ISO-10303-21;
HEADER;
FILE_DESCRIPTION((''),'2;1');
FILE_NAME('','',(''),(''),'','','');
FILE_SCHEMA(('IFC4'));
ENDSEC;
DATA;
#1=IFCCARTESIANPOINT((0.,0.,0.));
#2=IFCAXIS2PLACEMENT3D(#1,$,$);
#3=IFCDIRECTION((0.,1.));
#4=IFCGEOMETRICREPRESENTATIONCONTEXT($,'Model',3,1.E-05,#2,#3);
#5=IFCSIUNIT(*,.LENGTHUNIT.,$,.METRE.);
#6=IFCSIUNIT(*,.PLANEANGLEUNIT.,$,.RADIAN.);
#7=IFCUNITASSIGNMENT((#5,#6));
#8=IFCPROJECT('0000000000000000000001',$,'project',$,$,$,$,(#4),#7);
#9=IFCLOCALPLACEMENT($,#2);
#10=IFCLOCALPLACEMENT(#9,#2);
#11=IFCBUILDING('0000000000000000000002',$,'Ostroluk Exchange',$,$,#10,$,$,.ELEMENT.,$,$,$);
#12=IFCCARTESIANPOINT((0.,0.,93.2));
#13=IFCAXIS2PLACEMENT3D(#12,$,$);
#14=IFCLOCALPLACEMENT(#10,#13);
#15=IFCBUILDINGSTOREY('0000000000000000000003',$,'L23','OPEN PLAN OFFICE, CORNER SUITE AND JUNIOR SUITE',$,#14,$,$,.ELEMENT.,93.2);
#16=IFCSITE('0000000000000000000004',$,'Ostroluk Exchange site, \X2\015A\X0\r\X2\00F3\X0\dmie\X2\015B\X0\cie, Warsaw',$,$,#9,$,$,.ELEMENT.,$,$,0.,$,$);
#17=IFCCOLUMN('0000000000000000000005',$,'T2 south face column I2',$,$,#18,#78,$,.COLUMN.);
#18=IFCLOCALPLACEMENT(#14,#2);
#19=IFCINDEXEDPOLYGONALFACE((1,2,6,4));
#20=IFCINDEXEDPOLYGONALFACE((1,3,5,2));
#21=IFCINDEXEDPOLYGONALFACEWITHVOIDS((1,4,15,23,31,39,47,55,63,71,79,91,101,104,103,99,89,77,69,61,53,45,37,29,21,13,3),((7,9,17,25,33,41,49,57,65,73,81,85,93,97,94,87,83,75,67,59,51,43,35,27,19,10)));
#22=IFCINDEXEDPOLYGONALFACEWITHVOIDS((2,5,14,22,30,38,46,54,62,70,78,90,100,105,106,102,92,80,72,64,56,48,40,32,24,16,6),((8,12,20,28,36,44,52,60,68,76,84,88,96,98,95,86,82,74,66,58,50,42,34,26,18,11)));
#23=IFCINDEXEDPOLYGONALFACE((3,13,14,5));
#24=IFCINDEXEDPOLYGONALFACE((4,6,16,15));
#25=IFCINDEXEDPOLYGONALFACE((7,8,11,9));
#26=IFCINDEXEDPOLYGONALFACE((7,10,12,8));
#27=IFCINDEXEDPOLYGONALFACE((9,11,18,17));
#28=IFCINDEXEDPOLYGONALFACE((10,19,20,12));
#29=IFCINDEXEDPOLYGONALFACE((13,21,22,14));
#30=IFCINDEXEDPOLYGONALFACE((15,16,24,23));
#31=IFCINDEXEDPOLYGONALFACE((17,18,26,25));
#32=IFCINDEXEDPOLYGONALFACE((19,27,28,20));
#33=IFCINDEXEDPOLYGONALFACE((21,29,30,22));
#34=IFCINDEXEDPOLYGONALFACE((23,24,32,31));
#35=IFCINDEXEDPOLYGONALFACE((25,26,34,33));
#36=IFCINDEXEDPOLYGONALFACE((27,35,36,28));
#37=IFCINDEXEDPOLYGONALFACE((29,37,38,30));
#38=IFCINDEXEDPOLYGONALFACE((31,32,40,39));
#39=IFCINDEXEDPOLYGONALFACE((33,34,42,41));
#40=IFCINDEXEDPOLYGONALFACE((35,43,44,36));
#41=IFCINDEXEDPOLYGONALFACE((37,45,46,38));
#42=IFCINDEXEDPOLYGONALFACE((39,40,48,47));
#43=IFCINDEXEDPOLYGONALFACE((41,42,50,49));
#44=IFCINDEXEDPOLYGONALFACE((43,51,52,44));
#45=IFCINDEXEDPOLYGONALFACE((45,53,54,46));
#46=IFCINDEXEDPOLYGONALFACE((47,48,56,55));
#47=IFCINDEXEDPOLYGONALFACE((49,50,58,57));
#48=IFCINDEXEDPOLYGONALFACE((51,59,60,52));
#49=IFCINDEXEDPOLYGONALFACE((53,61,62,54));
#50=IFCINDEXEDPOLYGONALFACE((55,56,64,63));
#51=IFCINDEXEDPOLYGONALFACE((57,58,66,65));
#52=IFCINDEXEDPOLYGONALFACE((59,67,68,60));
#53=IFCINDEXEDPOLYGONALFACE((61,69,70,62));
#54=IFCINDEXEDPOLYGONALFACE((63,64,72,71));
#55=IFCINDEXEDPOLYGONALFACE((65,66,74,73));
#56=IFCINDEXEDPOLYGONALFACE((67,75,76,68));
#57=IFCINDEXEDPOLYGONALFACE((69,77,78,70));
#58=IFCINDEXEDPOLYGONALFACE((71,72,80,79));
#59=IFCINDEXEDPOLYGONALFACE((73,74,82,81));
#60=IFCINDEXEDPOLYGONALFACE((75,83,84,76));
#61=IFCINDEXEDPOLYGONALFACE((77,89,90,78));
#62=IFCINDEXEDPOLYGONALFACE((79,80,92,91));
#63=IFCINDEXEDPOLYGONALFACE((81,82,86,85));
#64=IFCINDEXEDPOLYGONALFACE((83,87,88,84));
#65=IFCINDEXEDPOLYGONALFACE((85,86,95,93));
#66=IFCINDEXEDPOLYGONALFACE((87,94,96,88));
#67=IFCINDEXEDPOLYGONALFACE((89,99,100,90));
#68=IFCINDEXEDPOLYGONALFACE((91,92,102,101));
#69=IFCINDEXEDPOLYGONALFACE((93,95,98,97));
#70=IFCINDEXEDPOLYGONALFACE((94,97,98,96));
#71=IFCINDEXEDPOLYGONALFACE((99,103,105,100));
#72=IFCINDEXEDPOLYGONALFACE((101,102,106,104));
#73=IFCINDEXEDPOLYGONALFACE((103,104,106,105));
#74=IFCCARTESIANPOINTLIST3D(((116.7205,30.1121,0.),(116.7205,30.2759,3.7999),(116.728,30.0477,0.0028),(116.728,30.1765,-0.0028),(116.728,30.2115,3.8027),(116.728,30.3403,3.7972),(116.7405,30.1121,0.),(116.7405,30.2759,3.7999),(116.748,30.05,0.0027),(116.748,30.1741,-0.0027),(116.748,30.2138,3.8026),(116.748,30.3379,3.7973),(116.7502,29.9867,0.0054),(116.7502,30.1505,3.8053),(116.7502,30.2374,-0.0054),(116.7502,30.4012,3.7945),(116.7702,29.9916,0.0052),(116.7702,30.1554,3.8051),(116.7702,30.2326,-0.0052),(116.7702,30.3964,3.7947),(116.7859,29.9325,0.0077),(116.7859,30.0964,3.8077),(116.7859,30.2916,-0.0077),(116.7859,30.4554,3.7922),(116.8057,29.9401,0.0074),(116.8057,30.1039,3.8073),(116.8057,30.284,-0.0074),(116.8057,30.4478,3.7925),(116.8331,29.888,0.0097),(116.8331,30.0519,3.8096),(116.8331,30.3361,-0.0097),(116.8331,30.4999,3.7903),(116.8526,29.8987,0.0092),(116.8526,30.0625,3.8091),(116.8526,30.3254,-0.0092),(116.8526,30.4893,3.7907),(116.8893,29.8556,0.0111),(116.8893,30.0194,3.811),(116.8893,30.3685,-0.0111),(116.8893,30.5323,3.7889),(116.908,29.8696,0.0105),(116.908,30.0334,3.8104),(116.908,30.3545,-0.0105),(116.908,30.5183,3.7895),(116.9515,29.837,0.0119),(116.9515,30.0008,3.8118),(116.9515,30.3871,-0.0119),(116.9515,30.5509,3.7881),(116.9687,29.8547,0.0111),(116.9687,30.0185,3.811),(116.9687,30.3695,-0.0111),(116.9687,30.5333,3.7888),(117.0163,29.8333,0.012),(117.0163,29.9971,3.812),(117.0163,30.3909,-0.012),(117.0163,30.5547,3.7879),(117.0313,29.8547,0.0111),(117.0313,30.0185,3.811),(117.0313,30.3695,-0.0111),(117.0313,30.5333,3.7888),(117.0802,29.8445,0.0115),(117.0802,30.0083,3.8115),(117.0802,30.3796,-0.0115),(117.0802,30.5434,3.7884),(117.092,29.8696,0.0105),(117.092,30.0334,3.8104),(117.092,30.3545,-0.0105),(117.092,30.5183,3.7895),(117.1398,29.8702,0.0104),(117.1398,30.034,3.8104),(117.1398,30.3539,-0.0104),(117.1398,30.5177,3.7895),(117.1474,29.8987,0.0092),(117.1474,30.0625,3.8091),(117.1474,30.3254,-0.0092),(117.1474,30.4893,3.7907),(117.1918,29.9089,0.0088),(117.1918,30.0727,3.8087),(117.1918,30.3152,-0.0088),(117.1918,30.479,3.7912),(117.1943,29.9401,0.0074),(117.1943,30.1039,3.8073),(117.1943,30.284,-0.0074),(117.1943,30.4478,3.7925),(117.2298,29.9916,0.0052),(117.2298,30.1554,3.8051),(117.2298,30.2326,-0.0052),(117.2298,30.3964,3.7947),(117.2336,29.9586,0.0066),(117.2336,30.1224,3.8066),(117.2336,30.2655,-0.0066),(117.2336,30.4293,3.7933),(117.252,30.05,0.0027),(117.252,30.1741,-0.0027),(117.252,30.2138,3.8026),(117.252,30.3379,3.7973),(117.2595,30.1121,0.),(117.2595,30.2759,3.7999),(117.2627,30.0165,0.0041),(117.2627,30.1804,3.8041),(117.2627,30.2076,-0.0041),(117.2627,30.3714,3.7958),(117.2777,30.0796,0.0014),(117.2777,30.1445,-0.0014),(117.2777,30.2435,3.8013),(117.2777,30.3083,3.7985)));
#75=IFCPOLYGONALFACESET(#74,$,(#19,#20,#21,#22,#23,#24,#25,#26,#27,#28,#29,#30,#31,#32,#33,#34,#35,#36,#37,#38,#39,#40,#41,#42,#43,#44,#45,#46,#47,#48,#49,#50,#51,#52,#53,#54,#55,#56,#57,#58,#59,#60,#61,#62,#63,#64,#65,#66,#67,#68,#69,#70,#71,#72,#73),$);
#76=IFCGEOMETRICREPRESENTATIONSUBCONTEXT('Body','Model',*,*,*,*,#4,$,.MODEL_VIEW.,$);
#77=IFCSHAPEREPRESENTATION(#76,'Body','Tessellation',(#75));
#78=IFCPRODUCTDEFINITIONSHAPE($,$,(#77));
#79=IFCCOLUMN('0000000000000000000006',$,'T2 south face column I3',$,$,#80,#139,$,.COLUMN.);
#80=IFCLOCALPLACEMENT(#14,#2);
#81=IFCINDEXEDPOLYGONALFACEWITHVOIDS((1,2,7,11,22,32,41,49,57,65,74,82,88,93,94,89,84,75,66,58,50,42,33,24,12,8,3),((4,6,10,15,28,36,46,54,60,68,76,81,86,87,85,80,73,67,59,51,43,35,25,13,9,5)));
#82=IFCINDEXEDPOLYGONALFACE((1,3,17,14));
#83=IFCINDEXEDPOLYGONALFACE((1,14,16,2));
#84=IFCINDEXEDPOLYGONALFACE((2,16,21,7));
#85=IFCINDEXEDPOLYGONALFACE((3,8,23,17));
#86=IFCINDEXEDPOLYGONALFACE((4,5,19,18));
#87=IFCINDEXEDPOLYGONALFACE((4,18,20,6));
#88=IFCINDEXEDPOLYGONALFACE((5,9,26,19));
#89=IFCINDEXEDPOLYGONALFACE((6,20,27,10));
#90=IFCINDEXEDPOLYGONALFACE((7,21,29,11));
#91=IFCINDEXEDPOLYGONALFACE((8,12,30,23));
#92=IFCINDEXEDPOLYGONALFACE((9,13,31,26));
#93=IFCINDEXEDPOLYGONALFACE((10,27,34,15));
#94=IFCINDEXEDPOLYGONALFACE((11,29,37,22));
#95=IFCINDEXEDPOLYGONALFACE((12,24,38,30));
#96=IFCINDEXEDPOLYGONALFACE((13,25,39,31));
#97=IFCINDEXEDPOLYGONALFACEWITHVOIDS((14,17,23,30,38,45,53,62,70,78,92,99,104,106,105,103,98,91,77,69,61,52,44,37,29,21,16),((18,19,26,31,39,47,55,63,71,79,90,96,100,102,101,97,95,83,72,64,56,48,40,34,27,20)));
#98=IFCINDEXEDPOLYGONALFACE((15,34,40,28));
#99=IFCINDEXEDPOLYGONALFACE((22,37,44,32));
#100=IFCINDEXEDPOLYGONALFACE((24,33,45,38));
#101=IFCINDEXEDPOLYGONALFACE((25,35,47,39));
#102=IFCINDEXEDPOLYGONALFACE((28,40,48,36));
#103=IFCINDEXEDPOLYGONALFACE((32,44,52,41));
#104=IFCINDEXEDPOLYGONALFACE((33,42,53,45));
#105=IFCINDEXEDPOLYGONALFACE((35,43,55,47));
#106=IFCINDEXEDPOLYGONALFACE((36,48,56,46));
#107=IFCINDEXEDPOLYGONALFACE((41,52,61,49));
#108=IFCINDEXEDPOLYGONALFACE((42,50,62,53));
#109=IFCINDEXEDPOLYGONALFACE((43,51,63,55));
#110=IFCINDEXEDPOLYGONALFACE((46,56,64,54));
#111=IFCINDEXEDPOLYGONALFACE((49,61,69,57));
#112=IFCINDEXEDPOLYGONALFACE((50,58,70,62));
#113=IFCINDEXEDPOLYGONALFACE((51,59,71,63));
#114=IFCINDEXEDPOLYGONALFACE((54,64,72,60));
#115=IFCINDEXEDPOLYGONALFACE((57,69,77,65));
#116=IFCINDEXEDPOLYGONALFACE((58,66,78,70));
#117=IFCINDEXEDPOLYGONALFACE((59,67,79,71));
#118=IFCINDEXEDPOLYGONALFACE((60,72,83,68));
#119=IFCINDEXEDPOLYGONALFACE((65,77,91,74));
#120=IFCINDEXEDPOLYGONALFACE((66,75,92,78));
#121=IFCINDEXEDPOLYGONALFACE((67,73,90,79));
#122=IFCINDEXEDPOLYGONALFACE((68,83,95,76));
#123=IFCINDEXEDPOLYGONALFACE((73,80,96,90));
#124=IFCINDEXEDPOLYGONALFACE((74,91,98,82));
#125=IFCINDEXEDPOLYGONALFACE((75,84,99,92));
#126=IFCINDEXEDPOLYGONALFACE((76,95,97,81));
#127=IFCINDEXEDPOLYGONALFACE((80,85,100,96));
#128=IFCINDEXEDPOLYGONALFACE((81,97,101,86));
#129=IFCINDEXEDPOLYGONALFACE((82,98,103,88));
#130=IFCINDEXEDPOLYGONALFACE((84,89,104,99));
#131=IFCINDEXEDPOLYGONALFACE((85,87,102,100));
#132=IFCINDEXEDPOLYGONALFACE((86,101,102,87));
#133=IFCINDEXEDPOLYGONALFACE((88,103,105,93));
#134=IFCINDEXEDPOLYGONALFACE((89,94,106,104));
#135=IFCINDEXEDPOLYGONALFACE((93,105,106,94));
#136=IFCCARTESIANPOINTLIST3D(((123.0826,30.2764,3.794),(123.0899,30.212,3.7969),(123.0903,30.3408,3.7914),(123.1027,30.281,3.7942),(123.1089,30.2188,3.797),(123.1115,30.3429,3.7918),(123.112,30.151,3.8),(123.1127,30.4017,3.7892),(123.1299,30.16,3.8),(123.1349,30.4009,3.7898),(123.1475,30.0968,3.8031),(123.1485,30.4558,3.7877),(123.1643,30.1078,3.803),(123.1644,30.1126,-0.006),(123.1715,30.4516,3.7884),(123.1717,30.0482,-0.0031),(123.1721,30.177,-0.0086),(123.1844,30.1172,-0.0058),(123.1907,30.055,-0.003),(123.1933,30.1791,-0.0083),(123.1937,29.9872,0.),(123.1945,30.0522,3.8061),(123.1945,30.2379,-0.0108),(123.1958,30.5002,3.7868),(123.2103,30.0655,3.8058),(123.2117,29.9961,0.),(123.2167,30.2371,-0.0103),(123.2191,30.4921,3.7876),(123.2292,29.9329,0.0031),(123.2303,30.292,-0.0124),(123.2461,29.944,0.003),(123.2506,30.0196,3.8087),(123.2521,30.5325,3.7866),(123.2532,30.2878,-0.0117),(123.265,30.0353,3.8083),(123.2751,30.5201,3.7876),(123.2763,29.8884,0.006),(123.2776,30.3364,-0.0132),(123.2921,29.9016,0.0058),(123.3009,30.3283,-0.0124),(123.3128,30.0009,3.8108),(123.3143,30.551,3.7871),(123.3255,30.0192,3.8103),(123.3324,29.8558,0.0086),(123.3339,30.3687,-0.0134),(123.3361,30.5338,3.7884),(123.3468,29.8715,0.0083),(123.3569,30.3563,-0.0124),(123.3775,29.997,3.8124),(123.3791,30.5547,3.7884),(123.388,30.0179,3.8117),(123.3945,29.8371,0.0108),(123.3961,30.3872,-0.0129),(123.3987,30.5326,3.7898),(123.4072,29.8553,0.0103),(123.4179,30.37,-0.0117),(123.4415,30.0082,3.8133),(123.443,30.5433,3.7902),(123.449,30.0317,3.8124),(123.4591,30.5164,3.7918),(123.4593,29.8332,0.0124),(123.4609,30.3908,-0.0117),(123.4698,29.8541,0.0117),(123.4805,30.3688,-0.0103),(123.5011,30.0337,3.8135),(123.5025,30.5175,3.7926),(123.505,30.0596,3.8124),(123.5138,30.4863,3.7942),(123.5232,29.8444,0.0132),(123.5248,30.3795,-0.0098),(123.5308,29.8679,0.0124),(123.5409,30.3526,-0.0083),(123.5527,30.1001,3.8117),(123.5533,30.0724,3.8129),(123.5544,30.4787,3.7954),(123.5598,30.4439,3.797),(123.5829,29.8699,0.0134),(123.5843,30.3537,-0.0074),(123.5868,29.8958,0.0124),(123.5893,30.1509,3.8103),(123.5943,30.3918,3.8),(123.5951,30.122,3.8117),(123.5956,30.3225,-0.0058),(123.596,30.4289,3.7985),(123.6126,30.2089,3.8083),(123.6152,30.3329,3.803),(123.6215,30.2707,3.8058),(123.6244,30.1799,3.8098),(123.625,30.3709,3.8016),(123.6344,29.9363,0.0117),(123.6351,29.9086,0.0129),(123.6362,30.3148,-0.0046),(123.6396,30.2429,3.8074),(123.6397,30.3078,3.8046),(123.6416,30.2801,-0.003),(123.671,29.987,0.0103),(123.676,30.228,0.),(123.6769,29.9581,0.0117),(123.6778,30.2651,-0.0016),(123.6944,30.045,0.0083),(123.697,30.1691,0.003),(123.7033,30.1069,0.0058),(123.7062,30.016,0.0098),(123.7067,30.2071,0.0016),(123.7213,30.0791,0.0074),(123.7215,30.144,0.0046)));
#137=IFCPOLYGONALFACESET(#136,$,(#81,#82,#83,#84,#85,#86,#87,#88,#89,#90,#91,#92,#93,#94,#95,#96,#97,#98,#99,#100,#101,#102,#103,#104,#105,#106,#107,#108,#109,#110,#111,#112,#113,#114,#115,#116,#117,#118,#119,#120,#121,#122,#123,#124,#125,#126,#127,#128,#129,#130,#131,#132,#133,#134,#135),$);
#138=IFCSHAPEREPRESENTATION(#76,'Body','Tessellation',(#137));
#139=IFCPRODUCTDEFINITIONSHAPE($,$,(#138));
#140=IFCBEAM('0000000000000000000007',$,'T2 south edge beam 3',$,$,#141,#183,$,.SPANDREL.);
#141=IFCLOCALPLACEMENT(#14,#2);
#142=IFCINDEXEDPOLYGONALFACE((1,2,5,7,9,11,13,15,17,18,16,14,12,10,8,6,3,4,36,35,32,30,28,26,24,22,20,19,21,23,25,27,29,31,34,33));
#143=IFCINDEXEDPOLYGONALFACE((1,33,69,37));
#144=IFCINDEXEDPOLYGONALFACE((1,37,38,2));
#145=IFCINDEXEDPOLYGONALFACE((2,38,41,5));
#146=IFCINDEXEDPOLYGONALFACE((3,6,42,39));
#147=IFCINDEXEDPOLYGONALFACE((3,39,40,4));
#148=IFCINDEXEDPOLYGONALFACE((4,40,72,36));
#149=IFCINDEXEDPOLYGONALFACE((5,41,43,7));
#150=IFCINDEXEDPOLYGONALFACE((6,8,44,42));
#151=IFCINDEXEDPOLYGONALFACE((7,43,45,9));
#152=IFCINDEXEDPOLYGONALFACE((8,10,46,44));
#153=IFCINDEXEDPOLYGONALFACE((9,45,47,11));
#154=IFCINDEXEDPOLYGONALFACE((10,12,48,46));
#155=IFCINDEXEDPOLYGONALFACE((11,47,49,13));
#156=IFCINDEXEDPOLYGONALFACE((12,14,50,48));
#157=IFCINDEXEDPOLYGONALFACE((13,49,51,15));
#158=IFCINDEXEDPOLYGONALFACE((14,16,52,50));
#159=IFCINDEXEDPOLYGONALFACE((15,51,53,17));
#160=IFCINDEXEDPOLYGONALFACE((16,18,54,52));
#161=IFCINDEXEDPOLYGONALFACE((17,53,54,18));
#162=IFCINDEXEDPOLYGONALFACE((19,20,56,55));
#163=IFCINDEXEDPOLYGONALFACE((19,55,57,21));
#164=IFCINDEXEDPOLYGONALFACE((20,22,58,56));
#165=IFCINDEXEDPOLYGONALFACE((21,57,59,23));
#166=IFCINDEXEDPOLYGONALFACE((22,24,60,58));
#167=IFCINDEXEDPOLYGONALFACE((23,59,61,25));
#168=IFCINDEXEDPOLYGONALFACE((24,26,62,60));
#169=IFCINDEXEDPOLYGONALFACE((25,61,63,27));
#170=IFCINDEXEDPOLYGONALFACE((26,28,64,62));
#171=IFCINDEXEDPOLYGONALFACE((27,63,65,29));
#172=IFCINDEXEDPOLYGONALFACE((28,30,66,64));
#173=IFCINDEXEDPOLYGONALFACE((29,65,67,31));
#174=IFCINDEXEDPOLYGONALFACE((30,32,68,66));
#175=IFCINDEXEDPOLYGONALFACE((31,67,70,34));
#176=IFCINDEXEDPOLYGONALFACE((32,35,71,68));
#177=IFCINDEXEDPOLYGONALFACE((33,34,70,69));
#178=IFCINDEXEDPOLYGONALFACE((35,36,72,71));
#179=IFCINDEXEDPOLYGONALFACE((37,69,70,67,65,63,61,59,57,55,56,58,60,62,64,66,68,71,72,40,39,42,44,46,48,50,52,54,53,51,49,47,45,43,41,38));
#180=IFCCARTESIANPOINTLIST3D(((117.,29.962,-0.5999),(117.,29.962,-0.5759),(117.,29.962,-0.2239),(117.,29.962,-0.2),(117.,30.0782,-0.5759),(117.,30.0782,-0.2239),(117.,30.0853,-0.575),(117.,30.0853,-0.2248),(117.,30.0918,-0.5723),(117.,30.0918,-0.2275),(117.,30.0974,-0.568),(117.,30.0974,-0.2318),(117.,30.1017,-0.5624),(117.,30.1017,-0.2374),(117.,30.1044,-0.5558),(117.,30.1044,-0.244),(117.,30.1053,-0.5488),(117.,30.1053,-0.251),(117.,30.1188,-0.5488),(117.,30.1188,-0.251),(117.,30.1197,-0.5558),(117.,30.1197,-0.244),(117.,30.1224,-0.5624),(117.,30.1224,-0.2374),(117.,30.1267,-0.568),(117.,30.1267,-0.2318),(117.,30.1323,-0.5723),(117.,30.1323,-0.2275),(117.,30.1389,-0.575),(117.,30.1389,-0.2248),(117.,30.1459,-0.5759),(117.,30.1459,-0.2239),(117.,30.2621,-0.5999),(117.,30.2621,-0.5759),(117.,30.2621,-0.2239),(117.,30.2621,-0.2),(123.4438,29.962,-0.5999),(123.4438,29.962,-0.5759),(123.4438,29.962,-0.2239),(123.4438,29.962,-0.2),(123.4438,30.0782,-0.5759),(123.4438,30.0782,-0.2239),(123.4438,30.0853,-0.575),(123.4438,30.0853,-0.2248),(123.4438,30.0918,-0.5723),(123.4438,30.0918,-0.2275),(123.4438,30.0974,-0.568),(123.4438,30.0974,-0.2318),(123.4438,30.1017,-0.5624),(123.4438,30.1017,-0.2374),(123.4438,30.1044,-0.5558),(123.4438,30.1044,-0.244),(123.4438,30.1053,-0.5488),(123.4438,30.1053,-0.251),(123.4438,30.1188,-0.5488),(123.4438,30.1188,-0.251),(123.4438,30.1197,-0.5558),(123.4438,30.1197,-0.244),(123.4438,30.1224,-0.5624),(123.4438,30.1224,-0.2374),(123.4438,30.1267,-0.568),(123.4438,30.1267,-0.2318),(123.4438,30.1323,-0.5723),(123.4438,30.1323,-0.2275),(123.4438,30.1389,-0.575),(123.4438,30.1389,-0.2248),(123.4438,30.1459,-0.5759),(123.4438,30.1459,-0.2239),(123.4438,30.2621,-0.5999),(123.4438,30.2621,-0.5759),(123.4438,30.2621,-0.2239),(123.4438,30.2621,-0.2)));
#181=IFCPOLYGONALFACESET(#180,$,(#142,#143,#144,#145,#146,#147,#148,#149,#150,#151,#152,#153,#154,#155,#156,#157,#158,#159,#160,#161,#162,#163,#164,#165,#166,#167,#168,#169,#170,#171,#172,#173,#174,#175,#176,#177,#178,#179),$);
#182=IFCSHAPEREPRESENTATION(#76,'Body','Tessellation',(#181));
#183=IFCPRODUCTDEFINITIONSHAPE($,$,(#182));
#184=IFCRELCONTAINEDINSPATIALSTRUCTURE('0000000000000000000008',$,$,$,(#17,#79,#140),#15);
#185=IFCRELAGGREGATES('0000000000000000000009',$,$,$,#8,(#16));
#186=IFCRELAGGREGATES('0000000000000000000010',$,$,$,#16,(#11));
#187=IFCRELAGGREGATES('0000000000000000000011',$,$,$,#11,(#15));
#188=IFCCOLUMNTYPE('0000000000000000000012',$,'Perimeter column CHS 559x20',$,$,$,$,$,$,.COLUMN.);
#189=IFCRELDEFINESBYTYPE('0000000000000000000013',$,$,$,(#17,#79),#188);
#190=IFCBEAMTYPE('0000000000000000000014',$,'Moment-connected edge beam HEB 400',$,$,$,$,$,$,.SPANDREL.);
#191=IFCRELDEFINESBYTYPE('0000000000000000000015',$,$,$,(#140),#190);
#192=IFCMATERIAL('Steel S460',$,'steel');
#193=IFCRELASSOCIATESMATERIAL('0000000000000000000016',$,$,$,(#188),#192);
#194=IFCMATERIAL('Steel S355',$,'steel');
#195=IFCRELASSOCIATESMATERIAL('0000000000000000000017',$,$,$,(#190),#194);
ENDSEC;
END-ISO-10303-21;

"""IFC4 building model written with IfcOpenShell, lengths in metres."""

from ifc_helpers import new_model, si_unit, direction, frame, origin, origin_2d, place, context, subcontext, project, spatial, hollow_circle, i_section, extrude, material, material_profile, profile_set, type_object, element, save


model = new_model("IFC4")

# Units and contexts
model_context = context("Model", 3, precision=1e-05, world=origin(), true_north=direction((0.0, 1.0)))
body_context = subcontext(model_context, "Body", "Model", "MODEL_VIEW")
ifc_project = project(units=[si_unit("LENGTHUNIT", "METRE"), si_unit("PLANEANGLEUNIT", "RADIAN")], contexts=[model_context])

# Site, building, storey
site_placement = place(None, origin())
site = spatial("IfcSite", under=ifc_project, at=site_placement, Name="Ostroluk Exchange site, Śródmieście, Warsaw", CompositionType="ELEMENT", RefElevation=0.0)
building_placement = place(site_placement, origin())
building = spatial("IfcBuilding", under=site, at=building_placement, Name="Ostroluk Exchange", CompositionType="ELEMENT")
storey_placement = place(building_placement, frame((0.0, 0.0, 93.2)))
storey = spatial("IfcBuildingStorey", under=building, at=storey_placement, Name="L23", Description="OPEN PLAN OFFICE, CORNER SUITE AND JUNIOR SUITE", CompositionType="ELEMENT", Elevation=93.2)

# Columns
ifc_material_1 = material(Name="Steel S460", Category="steel")
ifc_material_profile_1 = material_profile(ifc_material_1, hollow_circle(Radius=0.2795, WallThickness=0.02, at=origin_2d()), Name="CHS 559x20")
ifc_profile_set_1 = profile_set([ifc_material_profile_1], Name="Steel S460")
column_type = type_object("IfcColumnType", Name="Perimeter column CHS 559x20", PredefinedType="COLUMN", material=ifc_profile_set_1)
column_1_placement = place(storey_placement, frame((117.0, 30.1121, 0.0), z_axis=(0.0, 0.04307, 0.999072), x_axis=(-1.0, 0.0, 0.0)))
element("IfcColumn", 1, at=column_1_placement, inside=storey, type_object=column_type, Name="T2 south face column I2", PredefinedType="COLUMN", context=body_context, shape_type="SweptSolid", body=[
    extrude(hollow_circle(Radius=0.2795, WallThickness=0.02, at=origin_2d()), origin(), (0.0, 0.0, 1.0), 3.8035),
])
column_2_placement = place(storey_placement, frame((123.4438, 30.1121, 0.0), z_axis=(-0.021498, 0.04306, 0.998841), x_axis=(-0.894694, -0.44668, 0.0)))
element("IfcColumn", 2, at=column_2_placement, inside=storey, type_object=column_type, Name="T2 south face column I3", PredefinedType="COLUMN", context=body_context, shape_type="SweptSolid", body=[
    extrude(hollow_circle(Radius=0.2795, WallThickness=0.02, at=origin_2d()), origin(), (0.0, 0.0, 1.0), 3.8044),
])

# Beam
ifc_material_2 = material(Name="Steel S355", Category="steel")
ifc_material_profile_2 = material_profile(ifc_material_2, i_section(OverallWidth=0.3, OverallDepth=0.3999, WebThickness=0.0134, FlangeThickness=0.0239, FilletRadius=0.0271, at=origin_2d()), Name="HEB 400")
ifc_profile_set_2 = profile_set([ifc_material_profile_2], Name="Steel S355")
beam_type = type_object("IfcBeamType", Name="Moment-connected edge beam HEB 400", PredefinedType="SPANDREL", material=ifc_profile_set_2)
beam_1_placement = place(storey_placement, frame((117.0, 30.1121, -0.3999), z_axis=(1.0, 0.0, 0.0), x_axis=(0.0, 1.0, 0.0)))
element("IfcBeam", 3, at=beam_1_placement, inside=storey, type_object=beam_type, Name="T2 south edge beam 3", PredefinedType="SPANDREL", context=body_context, shape_type="SweptSolid", body=[
    extrude(i_section(OverallWidth=0.3, OverallDepth=0.3999, WebThickness=0.0134, FlangeThickness=0.0239, FilletRadius=0.0271, at=origin_2d()), origin(), (0.0, 0.0, 1.0), 6.4438),
])

save(model, "model.ifc")
